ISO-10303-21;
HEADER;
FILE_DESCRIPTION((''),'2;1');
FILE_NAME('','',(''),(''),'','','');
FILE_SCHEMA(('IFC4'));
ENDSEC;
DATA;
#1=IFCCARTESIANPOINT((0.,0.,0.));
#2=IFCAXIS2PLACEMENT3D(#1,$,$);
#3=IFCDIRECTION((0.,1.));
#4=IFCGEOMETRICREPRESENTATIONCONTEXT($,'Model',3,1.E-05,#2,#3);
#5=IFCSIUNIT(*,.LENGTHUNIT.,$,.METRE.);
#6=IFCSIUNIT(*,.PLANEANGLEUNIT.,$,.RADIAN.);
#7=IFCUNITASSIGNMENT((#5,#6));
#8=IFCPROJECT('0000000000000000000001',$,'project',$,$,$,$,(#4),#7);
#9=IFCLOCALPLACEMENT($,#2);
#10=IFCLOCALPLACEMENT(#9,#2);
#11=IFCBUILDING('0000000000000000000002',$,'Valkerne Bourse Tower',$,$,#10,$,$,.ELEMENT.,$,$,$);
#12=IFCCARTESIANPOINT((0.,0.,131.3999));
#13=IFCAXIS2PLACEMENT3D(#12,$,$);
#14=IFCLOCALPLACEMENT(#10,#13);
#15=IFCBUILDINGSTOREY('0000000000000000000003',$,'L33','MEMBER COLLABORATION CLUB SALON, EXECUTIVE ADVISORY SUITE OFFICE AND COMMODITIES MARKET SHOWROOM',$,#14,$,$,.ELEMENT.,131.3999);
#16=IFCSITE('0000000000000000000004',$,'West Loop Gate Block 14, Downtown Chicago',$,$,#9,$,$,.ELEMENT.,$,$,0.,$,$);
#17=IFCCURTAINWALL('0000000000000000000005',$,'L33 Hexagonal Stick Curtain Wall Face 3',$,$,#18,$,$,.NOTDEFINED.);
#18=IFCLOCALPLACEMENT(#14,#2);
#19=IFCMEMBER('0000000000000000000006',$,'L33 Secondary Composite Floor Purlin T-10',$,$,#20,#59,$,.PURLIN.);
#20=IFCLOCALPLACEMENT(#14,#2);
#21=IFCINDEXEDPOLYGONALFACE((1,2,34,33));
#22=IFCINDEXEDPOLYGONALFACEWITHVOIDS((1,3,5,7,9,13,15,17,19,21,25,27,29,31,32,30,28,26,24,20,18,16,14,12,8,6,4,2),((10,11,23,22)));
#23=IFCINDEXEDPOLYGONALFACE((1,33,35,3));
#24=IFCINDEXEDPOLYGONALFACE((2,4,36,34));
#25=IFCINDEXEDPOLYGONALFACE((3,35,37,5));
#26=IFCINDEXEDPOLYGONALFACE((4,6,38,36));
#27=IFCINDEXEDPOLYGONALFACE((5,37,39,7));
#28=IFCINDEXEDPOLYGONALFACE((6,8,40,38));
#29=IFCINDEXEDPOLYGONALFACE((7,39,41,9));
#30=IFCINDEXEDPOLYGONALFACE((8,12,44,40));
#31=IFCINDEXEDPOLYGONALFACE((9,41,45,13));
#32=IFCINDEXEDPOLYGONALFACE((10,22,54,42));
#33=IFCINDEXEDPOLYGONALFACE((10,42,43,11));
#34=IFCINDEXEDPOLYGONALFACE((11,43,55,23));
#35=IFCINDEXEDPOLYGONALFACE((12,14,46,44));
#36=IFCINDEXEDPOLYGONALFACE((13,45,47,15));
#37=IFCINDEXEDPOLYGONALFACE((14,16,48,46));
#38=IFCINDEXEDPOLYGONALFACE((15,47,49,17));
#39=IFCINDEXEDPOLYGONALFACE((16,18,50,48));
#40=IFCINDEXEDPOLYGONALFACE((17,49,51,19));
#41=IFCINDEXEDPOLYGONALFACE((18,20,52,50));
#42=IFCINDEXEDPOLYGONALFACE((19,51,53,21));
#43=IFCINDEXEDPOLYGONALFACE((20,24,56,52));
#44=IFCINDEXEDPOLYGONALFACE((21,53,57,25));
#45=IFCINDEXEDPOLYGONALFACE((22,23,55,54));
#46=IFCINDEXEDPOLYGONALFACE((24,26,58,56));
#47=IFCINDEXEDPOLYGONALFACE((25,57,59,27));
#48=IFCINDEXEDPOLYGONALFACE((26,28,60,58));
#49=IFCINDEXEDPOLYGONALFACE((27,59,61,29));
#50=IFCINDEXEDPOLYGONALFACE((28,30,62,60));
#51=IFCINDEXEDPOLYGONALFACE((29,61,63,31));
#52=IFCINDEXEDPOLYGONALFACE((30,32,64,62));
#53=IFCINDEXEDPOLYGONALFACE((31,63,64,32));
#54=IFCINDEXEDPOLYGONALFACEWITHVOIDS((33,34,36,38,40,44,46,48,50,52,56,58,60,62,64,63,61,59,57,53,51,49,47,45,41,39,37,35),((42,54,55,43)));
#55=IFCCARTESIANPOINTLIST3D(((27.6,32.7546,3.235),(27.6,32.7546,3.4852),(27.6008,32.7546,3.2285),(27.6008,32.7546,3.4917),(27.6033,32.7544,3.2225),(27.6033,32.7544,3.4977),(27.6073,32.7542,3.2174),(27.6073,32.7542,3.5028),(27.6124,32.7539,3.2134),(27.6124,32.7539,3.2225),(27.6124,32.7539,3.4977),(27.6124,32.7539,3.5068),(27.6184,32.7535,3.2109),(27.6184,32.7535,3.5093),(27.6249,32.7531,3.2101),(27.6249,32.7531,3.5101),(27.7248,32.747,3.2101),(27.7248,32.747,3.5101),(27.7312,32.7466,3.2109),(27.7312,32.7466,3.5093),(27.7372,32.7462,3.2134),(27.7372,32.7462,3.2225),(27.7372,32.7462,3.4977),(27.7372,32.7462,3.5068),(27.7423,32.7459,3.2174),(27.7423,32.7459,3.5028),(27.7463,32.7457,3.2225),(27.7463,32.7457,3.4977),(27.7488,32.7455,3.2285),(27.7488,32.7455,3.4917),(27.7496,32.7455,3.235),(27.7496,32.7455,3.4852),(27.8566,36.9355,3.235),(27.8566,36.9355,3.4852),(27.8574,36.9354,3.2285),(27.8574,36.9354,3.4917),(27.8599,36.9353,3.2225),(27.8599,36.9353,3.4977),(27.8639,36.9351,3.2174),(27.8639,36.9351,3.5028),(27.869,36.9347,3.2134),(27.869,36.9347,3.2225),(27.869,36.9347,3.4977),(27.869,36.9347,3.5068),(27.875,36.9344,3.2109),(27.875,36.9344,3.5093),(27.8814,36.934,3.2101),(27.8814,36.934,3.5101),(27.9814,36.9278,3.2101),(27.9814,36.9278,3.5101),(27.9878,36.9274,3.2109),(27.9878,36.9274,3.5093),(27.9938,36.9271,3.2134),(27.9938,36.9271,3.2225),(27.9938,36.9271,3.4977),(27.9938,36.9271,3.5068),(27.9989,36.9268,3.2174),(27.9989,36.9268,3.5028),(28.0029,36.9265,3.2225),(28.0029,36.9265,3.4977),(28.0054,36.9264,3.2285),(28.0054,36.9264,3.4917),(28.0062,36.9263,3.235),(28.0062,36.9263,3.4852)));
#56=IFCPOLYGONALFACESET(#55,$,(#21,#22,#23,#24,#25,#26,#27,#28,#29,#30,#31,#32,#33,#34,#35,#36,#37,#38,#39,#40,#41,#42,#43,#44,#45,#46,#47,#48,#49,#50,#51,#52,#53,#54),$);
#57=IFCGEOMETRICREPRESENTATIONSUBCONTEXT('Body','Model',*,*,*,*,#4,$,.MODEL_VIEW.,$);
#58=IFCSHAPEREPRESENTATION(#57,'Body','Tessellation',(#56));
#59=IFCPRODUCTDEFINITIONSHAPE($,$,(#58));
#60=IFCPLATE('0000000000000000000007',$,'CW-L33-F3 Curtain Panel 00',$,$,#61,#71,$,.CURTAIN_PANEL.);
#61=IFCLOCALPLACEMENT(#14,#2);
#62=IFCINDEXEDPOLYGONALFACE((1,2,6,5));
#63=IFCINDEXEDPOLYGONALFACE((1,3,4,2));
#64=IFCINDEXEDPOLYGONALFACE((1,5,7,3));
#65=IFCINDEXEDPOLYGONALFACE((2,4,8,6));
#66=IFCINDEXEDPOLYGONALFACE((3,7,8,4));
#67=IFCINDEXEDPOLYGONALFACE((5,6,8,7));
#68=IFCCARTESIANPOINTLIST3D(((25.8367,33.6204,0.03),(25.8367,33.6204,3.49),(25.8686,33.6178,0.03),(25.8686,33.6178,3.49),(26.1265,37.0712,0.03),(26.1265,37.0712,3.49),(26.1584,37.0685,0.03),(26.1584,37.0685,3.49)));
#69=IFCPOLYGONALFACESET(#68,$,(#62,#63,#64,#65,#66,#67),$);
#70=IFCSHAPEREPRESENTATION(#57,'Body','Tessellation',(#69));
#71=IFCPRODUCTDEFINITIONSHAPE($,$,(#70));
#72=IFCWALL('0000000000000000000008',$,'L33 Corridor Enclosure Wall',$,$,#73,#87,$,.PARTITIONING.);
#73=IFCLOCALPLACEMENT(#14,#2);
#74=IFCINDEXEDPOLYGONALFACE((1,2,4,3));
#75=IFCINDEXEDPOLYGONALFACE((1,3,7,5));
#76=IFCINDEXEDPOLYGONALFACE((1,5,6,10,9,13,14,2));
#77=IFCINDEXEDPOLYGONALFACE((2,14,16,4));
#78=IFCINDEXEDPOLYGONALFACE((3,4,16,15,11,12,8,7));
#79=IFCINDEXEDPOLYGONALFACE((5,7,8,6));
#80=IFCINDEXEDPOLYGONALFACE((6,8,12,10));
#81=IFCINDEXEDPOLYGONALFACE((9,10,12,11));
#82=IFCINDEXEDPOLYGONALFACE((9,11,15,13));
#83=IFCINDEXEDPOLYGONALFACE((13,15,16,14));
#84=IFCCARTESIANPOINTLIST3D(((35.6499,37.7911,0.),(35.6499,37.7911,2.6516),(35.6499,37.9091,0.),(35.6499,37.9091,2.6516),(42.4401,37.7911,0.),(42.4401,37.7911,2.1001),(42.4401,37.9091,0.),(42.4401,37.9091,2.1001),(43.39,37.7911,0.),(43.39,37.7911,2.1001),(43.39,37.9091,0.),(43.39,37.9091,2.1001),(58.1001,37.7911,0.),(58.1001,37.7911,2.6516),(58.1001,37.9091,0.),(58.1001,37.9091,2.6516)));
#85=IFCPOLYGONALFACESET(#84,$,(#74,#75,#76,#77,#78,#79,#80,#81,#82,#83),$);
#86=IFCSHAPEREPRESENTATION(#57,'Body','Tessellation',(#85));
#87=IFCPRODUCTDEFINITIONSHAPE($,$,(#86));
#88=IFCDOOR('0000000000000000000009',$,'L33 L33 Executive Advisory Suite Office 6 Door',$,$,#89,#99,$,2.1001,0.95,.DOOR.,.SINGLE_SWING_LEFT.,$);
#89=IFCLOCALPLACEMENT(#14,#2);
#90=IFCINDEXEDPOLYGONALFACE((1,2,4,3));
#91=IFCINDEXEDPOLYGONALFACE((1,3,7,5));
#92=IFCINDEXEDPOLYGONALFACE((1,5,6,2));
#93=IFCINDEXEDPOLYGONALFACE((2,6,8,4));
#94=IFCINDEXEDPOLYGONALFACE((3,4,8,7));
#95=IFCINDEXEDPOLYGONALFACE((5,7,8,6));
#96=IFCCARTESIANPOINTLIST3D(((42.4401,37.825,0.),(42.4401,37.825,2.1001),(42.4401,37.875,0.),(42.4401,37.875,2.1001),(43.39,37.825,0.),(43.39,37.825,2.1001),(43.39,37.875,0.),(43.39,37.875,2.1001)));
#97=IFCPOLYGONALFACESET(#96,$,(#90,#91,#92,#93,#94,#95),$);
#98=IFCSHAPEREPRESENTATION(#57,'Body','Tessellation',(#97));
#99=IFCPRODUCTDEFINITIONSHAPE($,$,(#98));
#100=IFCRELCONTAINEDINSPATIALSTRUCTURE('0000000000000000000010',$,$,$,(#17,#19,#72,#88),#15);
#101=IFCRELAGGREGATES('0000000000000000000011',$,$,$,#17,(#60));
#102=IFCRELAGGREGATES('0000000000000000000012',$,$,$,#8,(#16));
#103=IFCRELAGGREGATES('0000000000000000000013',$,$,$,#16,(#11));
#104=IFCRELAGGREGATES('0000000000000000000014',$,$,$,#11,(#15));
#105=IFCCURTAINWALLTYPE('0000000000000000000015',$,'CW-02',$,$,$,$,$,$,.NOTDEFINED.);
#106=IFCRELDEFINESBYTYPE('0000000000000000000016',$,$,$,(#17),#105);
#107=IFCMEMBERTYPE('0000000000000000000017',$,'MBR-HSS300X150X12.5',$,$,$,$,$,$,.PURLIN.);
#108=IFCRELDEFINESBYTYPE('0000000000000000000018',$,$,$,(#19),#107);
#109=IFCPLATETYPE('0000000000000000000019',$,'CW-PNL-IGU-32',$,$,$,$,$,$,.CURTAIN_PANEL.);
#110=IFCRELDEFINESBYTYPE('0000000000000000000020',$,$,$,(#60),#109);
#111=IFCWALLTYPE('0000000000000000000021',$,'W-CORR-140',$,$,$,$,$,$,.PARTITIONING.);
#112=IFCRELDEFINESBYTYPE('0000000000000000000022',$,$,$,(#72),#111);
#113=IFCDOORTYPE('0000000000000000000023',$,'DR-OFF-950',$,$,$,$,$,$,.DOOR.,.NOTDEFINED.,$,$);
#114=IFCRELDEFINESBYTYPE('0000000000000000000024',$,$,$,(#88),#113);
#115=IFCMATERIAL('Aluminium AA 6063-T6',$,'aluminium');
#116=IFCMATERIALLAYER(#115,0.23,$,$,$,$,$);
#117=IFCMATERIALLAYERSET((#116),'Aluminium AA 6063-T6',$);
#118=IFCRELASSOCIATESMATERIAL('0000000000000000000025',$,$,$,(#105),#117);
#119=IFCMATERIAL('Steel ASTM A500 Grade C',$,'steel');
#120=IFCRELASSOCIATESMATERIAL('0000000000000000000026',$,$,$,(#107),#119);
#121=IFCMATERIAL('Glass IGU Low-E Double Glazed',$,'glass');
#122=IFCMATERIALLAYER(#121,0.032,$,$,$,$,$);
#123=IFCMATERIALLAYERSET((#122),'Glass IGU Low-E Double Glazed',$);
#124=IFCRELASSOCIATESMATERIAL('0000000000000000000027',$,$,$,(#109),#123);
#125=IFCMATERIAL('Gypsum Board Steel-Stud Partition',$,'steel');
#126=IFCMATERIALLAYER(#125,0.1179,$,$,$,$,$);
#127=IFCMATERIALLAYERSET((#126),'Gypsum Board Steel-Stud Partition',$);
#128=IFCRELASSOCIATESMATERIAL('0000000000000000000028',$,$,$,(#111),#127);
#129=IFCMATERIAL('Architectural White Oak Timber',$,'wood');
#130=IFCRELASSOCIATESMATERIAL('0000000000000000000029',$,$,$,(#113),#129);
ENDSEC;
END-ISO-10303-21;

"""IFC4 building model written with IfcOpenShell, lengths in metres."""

from ifc_helpers import new_model, si_unit, direction, frame, frame_2d, origin, origin_2d, place, context, subcontext, project, spatial, rectangle, hollow_rectangle, extrude, material, layer, layer_set, material_profile, profile_set, type_object, element, fill, aggregate, save


model = new_model("IFC4")

# Units and contexts
model_context = context("Model", 3, precision=1e-05, world=origin(), true_north=direction((0.0, 1.0)))
body_context = subcontext(model_context, "Body", "Model", "MODEL_VIEW")
ifc_project = project(units=[si_unit("LENGTHUNIT", "METRE"), si_unit("PLANEANGLEUNIT", "RADIAN")], contexts=[model_context])

# Site, building, storey
site_placement = place(None, origin())
site = spatial("IfcSite", under=ifc_project, at=site_placement, Name="West Loop Gate Block 14, Downtown Chicago", CompositionType="ELEMENT", RefElevation=0.0)
building_placement = place(site_placement, origin())
building = spatial("IfcBuilding", under=site, at=building_placement, Name="Valkerne Bourse Tower", CompositionType="ELEMENT")
storey_placement = place(building_placement, frame((0.0, 0.0, 131.3999)))
storey = spatial("IfcBuildingStorey", under=building, at=storey_placement, Name="L33", Description="MEMBER COLLABORATION CLUB SALON, EXECUTIVE ADVISORY SUITE OFFICE AND COMMODITIES MARKET SHOWROOM", CompositionType="ELEMENT", Elevation=131.3999)

# Curtain wall
ifc_material_1 = material(Name="Aluminium AA 6063-T6", Category="aluminium")
ifc_layer_1 = layer(ifc_material_1, 0.23)
ifc_layer_set_1 = layer_set([ifc_layer_1], Name="Aluminium AA 6063-T6")
curtain_wall_type = type_object("IfcCurtainWallType", Name="CW-02", PredefinedType="NOTDEFINED", material=ifc_layer_set_1)
curtain_wall_placement = place(storey_placement, origin())
curtain_wall = element("IfcCurtainWall", 1, at=curtain_wall_placement, inside=storey, type_object=curtain_wall_type, Name="L33 Hexagonal Stick Curtain Wall Face 3", PredefinedType="NOTDEFINED")

# Member
ifc_material_2 = material(Name="Steel ASTM A500 Grade C", Category="steel")
ifc_material_profile_1 = material_profile(ifc_material_2, hollow_rectangle(XDim=0.1499, YDim=0.3, WallThickness=0.0125, OuterFilletRadius=0.0249, at=origin_2d()), Name="HSS300X150X12.5")
ifc_profile_set_1 = profile_set([ifc_material_profile_1], Name="Steel ASTM A500 Grade C")
member_type_1 = type_object("IfcMemberType", Name="MBR-HSS300X150X12.5", PredefinedType="PURLIN", material=ifc_profile_set_1)
member_1_placement = place(storey_placement, frame((27.9314, 36.9309, 3.3601), z_axis=(-0.061257, -0.998122, 0.0), x_axis=(0.998122, -0.061257, 0.0)))
element("IfcMember", 2, at=member_1_placement, inside=storey, type_object=member_type_1, Name="L33 Secondary Composite Floor Purlin T-10", PredefinedType="PURLIN", context=body_context, shape_type="SweptSolid", body=[
    extrude(hollow_rectangle(XDim=0.1499, YDim=0.3, WallThickness=0.0125, OuterFilletRadius=0.0249, at=origin_2d()), origin(), (0.0, 0.0, 1.0), 4.1887),
])

# Plate
ifc_material_3 = material(Name="Glass IGU Low-E Double Glazed", Category="glass")
ifc_layer_2 = layer(ifc_material_3, 0.032)
ifc_layer_set_2 = layer_set([ifc_layer_2], Name="Glass IGU Low-E Double Glazed")
plate_type = type_object("IfcPlateType", Name="CW-PNL-IGU-32", PredefinedType="CURTAIN_PANEL", material=ifc_layer_set_2)
plate_placement = place(storey_placement, frame((25.9976, 35.3445, 0.03), z_axis=(0.0, 0.0, 1.0), x_axis=(-0.083687, -0.996492, 0.0)))
plate = element("IfcPlate", 3, at=plate_placement, type_object=plate_type, Name="CW-L33-F3 Curtain Panel 00", PredefinedType="CURTAIN_PANEL", context=body_context, shape_type="SweptSolid", body=[
    extrude(rectangle(XDim=3.4629, YDim=0.032, at=origin_2d()), origin(), (0.0, 0.0, 1.0), 3.46),
])
aggregate(curtain_wall, [plate])

# Wall, opening, door
ifc_material_4 = material(Name="Gypsum Board Steel-Stud Partition", Category="steel")
ifc_layer_3 = layer(ifc_material_4, 0.1179)
ifc_layer_set_3 = layer_set([ifc_layer_3], Name="Gypsum Board Steel-Stud Partition")
wall_type_1 = type_object("IfcWallType", Name="W-CORR-140", PredefinedType="PARTITIONING", material=ifc_layer_set_3)
wall_1_placement = place(storey_placement, frame((35.6499, 37.8501, 0.0), z_axis=(0.0, 0.0, 1.0), x_axis=(1.0, 0.0, 0.0)))
wall_1 = element("IfcWall", 4, at=wall_1_placement, inside=storey, type_object=wall_type_1, Name="L33 Corridor Enclosure Wall", PredefinedType="PARTITIONING", context=body_context, shape_type="SweptSolid", body=[
    extrude(rectangle(XDim=22.4502, YDim=0.1179, at=frame_2d((11.2251, 0.0))), origin(), (0.0, 0.0, 1.0), 2.6516),
])
opening_1_placement = place(wall_1_placement, frame((6.79, 0.0, 0.0)))
opening_1 = element("IfcOpeningElement", 5, at=opening_1_placement, cuts=wall_1, PredefinedType="OPENING", context=body_context, shape_type="SweptSolid", body=[
    extrude(rectangle(XDim=0.95, YDim=2.1001, at=frame_2d((0.4751, 1.05))), frame((0.0, 0.0688, 0.0), z_axis=(0.0, -1.0, 0.0), x_axis=(1.0, 0.0, 0.0)), (0.0, 0.0, 1.0), 0.1379),
])
ifc_material_5 = material(Name="Architectural White Oak Timber", Category="wood")
door_type_1 = type_object("IfcDoorType", Name="DR-OFF-950", OperationType="NOTDEFINED", PredefinedType="DOOR", material=ifc_material_5)
door_1_placement = place(opening_1_placement, origin())
door_1 = element("IfcDoor", 6, at=door_1_placement, inside=storey, type_object=door_type_1, Name="L33 L33 Executive Advisory Suite Office 6 Door", OperationType="SINGLE_SWING_LEFT", OverallHeight=2.1001, OverallWidth=0.95, PredefinedType="DOOR", context=body_context, shape_type="SweptSolid", body=[
    extrude(rectangle(XDim=0.95, YDim=2.1001, at=frame_2d((0.4751, 1.05))), frame((0.0, 0.0249, 0.0), z_axis=(0.0, -1.0, 0.0), x_axis=(1.0, 0.0, 0.0)), (0.0, 0.0, 1.0), 0.05),
])
fill(opening_1, door_1)

save(model, "model.ifc")
